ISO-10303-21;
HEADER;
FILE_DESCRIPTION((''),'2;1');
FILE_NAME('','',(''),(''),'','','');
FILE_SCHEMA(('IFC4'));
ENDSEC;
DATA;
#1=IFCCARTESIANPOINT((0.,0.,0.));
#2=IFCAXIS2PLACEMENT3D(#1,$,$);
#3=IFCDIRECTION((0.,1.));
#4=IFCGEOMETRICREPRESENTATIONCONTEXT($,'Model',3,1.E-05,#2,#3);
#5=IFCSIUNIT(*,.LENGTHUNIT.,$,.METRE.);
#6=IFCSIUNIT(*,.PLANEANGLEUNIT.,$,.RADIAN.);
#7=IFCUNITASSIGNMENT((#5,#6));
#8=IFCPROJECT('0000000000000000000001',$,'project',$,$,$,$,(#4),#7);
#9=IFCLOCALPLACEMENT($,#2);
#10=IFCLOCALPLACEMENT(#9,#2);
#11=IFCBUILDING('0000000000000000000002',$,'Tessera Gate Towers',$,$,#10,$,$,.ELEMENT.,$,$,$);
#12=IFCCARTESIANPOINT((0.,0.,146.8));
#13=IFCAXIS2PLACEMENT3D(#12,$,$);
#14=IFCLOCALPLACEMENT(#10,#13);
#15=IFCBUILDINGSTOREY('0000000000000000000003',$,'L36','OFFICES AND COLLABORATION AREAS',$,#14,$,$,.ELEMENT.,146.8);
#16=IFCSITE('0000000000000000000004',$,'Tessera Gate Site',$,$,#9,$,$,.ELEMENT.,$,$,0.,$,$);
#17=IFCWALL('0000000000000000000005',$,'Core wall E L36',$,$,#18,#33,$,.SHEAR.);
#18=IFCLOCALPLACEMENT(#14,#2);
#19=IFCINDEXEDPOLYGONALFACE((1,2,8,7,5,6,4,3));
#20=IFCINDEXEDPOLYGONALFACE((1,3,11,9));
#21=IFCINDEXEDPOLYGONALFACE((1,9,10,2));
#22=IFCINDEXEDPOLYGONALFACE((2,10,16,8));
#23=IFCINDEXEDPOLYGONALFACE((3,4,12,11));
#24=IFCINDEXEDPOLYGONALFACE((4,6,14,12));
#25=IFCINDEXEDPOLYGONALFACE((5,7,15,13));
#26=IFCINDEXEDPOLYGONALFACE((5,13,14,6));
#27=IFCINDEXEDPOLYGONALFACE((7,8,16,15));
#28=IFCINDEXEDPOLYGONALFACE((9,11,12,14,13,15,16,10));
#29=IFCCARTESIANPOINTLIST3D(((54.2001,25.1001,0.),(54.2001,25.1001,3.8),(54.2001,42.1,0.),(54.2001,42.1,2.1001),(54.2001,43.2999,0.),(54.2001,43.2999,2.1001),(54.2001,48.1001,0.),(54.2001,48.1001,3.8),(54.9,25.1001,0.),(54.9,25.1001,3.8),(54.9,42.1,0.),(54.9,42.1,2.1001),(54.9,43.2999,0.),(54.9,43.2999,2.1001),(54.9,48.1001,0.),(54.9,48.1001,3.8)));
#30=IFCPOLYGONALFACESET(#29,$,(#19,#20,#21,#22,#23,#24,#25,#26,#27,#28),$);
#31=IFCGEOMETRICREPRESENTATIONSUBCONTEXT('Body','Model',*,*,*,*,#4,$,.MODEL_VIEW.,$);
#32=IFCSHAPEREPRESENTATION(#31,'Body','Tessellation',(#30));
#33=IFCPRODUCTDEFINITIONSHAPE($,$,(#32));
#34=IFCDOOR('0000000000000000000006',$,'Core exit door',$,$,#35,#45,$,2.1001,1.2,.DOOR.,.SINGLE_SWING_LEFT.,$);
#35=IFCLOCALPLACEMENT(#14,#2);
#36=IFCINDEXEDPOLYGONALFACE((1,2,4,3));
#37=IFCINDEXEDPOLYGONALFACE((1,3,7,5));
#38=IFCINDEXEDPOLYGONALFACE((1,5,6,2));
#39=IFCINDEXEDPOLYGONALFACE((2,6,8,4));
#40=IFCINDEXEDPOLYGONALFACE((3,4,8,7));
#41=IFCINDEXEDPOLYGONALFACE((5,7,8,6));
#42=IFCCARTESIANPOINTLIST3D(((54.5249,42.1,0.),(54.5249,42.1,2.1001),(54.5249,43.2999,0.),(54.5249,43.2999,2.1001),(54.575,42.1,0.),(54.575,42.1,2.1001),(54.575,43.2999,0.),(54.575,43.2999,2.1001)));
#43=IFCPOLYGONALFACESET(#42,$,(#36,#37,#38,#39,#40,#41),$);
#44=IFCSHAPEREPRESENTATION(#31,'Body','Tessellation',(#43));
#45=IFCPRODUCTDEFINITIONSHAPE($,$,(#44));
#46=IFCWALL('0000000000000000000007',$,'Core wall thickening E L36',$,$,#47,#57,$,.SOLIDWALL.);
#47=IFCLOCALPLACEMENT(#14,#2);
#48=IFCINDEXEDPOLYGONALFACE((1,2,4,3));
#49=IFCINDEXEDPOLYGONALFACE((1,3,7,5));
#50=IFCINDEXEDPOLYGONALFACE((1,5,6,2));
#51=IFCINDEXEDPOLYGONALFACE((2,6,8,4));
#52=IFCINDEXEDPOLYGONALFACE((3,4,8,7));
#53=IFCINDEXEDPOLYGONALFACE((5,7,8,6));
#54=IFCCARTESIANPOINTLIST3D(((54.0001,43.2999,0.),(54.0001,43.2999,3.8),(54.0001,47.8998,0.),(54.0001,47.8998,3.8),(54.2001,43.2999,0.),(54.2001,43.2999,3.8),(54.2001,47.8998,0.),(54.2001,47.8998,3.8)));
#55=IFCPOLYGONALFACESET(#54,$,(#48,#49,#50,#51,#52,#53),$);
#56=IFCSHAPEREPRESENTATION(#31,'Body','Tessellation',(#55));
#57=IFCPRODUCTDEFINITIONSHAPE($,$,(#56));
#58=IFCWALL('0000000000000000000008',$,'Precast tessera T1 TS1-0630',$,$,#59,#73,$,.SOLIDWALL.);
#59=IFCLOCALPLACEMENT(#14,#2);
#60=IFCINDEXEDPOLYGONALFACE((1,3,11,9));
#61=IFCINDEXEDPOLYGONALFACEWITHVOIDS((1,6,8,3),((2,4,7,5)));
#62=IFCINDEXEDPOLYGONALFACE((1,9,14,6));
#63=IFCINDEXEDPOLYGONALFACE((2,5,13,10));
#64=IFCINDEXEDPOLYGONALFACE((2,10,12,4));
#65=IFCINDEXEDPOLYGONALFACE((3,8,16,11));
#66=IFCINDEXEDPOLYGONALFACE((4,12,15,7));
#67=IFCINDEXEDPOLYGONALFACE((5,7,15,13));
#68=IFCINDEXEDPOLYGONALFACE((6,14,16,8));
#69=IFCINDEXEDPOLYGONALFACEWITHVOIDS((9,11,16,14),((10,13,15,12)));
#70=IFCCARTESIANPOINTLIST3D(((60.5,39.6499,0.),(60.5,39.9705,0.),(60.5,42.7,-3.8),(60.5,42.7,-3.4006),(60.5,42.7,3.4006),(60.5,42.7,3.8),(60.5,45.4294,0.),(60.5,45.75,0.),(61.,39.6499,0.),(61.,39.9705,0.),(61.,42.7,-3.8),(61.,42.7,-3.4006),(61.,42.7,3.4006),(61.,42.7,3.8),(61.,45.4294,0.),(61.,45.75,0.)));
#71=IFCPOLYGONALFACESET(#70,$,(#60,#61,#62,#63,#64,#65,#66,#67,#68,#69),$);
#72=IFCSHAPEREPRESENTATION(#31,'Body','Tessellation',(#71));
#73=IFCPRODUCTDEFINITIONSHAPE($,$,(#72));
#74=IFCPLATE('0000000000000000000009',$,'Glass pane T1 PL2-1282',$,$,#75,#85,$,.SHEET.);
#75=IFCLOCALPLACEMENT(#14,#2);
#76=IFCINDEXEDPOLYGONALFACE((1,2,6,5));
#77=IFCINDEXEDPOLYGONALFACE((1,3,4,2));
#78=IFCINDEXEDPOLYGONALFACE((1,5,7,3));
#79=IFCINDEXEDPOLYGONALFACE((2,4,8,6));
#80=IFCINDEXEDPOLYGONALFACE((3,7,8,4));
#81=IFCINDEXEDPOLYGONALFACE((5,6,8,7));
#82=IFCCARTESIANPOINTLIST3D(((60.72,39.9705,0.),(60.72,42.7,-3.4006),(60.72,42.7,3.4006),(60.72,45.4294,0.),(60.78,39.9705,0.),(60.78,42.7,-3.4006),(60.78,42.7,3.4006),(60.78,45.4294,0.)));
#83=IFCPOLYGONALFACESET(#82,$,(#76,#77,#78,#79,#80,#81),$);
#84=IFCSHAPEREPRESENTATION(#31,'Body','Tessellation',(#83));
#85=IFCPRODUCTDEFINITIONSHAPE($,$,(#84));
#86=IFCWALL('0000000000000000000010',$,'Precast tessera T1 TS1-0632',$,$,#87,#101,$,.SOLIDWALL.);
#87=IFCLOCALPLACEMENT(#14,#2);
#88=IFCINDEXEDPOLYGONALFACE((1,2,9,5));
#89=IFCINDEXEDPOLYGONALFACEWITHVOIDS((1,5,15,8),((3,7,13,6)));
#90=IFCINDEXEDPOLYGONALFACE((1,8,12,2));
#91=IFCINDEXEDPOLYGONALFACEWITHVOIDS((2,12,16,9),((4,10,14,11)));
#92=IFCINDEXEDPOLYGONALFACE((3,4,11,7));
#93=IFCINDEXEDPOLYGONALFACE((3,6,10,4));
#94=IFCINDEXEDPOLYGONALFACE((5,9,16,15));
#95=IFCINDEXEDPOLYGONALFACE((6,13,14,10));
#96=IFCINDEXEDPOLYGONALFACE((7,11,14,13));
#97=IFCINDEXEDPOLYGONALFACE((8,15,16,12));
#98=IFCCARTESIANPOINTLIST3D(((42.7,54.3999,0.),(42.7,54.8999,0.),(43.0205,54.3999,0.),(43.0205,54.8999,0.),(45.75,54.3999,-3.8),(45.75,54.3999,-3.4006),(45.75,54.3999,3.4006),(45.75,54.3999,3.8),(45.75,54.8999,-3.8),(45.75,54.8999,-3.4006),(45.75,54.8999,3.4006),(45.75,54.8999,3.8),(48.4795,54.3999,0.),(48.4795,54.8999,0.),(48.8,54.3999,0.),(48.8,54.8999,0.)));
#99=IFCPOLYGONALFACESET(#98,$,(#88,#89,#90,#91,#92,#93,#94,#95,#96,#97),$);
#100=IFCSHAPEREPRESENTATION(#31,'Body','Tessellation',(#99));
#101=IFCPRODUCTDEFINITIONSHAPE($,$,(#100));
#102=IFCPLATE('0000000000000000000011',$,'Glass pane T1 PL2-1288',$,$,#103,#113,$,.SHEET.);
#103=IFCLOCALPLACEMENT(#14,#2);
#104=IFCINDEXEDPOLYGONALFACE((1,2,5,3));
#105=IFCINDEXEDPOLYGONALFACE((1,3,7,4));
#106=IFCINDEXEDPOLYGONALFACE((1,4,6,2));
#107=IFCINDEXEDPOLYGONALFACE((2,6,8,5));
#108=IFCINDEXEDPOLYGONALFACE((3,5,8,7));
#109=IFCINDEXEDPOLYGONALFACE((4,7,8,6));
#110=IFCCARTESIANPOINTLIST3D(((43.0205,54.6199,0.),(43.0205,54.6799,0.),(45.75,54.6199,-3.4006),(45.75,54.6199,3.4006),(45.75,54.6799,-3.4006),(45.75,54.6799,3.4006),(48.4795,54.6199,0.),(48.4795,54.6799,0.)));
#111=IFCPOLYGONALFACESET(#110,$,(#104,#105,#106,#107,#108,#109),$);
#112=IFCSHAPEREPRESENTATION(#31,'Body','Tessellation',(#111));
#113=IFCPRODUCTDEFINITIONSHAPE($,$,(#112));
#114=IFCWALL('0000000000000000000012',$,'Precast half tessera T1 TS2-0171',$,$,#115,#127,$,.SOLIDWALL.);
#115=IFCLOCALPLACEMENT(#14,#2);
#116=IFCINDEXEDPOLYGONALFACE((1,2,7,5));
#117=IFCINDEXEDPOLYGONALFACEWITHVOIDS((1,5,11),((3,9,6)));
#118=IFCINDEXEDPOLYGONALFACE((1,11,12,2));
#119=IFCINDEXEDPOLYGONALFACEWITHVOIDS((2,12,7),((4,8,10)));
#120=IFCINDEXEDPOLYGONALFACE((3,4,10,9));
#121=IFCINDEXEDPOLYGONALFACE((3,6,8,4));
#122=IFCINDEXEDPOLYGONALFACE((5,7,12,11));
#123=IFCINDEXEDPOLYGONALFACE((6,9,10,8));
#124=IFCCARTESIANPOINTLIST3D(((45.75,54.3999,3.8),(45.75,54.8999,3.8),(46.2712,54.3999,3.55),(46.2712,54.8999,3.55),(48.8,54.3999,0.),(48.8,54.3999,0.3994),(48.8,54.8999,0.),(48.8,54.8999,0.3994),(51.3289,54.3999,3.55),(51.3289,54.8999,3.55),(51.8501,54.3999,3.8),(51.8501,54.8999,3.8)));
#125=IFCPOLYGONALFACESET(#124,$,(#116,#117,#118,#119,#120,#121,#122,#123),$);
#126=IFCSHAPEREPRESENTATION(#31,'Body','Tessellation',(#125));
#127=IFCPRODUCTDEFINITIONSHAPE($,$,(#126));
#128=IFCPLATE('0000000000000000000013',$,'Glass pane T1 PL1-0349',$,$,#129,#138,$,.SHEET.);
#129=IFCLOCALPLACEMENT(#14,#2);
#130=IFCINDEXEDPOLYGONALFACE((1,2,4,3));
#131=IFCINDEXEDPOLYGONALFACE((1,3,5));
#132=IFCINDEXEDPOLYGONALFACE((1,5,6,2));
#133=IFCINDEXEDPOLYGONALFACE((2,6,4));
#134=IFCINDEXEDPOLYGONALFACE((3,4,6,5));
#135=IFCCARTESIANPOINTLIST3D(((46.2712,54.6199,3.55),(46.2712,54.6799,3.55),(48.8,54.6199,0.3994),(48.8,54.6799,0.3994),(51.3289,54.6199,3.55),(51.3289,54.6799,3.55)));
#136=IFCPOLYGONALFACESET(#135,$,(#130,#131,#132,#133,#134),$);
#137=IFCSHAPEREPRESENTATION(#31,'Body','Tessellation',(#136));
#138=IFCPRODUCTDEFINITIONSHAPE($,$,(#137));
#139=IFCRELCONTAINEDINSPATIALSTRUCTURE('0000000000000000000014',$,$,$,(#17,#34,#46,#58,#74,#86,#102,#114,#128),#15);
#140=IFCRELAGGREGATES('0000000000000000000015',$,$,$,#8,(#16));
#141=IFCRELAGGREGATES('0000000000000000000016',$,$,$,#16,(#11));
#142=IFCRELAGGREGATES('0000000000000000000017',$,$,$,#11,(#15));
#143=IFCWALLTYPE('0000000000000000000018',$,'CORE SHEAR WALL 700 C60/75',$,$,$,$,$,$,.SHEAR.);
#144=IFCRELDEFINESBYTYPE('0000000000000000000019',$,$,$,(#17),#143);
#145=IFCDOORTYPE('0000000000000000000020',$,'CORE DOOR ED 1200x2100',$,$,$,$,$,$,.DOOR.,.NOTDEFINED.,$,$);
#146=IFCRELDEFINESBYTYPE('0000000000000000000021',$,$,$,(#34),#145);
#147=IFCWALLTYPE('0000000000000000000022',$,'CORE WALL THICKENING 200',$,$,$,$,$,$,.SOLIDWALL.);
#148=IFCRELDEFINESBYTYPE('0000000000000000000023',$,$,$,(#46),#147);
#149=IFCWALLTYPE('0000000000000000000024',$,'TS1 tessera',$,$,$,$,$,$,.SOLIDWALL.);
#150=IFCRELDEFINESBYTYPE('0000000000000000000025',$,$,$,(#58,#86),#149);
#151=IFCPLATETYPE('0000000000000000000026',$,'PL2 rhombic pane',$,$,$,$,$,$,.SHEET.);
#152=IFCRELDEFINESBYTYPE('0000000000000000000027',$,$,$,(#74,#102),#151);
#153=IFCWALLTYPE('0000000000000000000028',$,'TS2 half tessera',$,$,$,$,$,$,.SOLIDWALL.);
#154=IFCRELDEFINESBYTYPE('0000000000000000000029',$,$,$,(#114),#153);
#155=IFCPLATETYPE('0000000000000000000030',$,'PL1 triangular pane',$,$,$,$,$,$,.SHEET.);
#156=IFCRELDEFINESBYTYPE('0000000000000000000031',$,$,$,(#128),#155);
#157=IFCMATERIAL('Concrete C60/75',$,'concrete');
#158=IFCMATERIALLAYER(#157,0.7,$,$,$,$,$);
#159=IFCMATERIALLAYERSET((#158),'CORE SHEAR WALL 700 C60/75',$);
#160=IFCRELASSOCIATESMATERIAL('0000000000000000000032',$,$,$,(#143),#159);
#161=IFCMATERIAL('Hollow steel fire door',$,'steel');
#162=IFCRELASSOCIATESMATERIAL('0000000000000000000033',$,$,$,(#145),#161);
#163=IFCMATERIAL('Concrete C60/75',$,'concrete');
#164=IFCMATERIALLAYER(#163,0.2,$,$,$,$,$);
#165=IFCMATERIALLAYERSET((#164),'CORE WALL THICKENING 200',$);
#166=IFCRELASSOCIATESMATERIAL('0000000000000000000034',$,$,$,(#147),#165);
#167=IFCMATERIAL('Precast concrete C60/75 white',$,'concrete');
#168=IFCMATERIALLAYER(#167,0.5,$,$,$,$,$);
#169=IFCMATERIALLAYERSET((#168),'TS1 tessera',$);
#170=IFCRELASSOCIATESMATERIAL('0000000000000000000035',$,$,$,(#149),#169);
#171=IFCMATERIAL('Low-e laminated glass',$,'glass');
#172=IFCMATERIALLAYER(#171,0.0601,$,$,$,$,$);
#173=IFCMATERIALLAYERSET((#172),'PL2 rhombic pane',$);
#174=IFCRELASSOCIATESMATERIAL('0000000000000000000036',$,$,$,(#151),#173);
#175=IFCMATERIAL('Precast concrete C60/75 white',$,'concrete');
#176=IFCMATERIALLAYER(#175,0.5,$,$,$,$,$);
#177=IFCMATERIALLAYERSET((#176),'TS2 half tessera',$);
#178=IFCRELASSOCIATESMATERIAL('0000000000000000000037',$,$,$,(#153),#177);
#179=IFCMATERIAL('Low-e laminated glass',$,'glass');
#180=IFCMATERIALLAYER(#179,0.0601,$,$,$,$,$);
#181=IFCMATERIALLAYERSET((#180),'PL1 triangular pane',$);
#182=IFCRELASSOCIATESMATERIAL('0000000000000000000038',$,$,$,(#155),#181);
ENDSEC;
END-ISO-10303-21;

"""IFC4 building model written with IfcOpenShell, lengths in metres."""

from ifc_helpers import new_model, si_unit, direction, frame, frame_2d, origin, place, context, subcontext, project, spatial, polyline, rectangle, outline, extrude, source, transform, mapped, material, layer, layer_set, type_object, element, fill, save


model = new_model("IFC4")

# Units and contexts
model_context = context("Model", 3, precision=1e-05, world=origin(), true_north=direction((0.0, 1.0)))
body_context = subcontext(model_context, "Body", "Model", "MODEL_VIEW")
ifc_project = project(units=[si_unit("LENGTHUNIT", "METRE"), si_unit("PLANEANGLEUNIT", "RADIAN")], contexts=[model_context])

# Site, building, storey
site_placement = place(None, origin())
site = spatial("IfcSite", under=ifc_project, at=site_placement, Name="Tessera Gate Site", CompositionType="ELEMENT", RefElevation=0.0)
building_placement = place(site_placement, origin())
building = spatial("IfcBuilding", under=site, at=building_placement, Name="Tessera Gate Towers", CompositionType="ELEMENT")
storey_placement = place(building_placement, frame((0.0, 0.0, 146.8)))
storey = spatial("IfcBuildingStorey", under=building, at=storey_placement, Name="L36", Description="OFFICES AND COLLABORATION AREAS", CompositionType="ELEMENT", Elevation=146.8)

# Shared definitions
shared_shape_1 = source(origin(), body_context, "Body", "SweptSolid", [
    extrude(rectangle(XDim=1.2, YDim=2.1001, at=frame_2d((0.6001, 1.05))), frame((0.0, 0.0249, 0.0), z_axis=(0.0, -1.0, 0.0), x_axis=(1.0, 0.0, 0.0)), (0.0, 0.0, 1.0), 0.05),
])

# Wall, opening, door
ifc_material_1 = material(Name="Concrete C60/75", Category="concrete")
ifc_layer_1 = layer(ifc_material_1, 0.7)
ifc_layer_set_1 = layer_set([ifc_layer_1], Name="CORE SHEAR WALL 700 C60/75")
wall_type_1 = type_object("IfcWallType", Name="CORE SHEAR WALL 700 C60/75", PredefinedType="SHEAR", material=ifc_layer_set_1)
wall_1_placement = place(storey_placement, frame((54.55, 48.1001, 0.0), z_axis=(0.0, 0.0, 1.0), x_axis=(0.0, -1.0, 0.0)))
wall_1 = element("IfcWall", 1, at=wall_1_placement, inside=storey, type_object=wall_type_1, Name="Core wall E L36", PredefinedType="SHEAR", context=body_context, shape_type="SweptSolid", body=[
    extrude(rectangle(XDim=23.0, YDim=0.7, at=frame_2d((11.5, 0.0))), origin(), (0.0, 0.0, 1.0), 3.8),
])
shared_shape_2 = source(origin(), body_context, "Body", "SweptSolid", [
    extrude(rectangle(XDim=1.2, YDim=2.1001, at=frame_2d((0.6001, 1.05))), frame((0.0, 0.3599, 0.0), z_axis=(0.0, -1.0, 0.0), x_axis=(1.0, 0.0, 0.0)), (0.0, 0.0, 1.0), 0.72),
])
opening_1_placement = place(wall_1_placement, frame((4.8, 0.0, 0.0)))
opening_1 = element("IfcOpeningElement", 2, at=opening_1_placement, cuts=wall_1, PredefinedType="OPENING", context=body_context, shape_type="MappedRepresentation", body=[
    mapped(shared_shape_2, transform((0.0, 0.0, 0.0), scale=1.0)),
])
ifc_material_2 = material(Name="Hollow steel fire door", Category="steel")
door_type_1 = type_object("IfcDoorType", Name="CORE DOOR ED 1200x2100", OperationType="NOTDEFINED", PredefinedType="DOOR", material=ifc_material_2)
door_1_placement = place(opening_1_placement, origin())
door_1 = element("IfcDoor", 3, at=door_1_placement, inside=storey, type_object=door_type_1, Name="Core exit door", OperationType="SINGLE_SWING_LEFT", OverallHeight=2.1001, OverallWidth=1.2, PredefinedType="DOOR", context=body_context, shape_type="MappedRepresentation", body=[
    mapped(shared_shape_1, transform((0.0, 0.0, 0.0), scale=1.0)),
])
fill(opening_1, door_1)

# Wall
ifc_material_3 = material(Name="Concrete C60/75", Category="concrete")
ifc_layer_2 = layer(ifc_material_3, 0.2)
ifc_layer_set_2 = layer_set([ifc_layer_2], Name="CORE WALL THICKENING 200")
wall_type_2 = type_object("IfcWallType", Name="CORE WALL THICKENING 200", PredefinedType="SOLIDWALL", material=ifc_layer_set_2)
wall_2_placement = place(storey_placement, frame((54.1001, 43.3, 0.0), z_axis=(0.0, 0.0, 1.0), x_axis=(0.0, 1.0, 0.0)))
element("IfcWall", 4, at=wall_2_placement, inside=storey, type_object=wall_type_2, Name="Core wall thickening E L36", PredefinedType="SOLIDWALL", context=body_context, shape_type="SweptSolid", body=[
    extrude(rectangle(XDim=4.5999, YDim=0.2, at=frame_2d((2.2998, 0.0))), origin(), (0.0, 0.0, 1.0), 3.8),
])

# Walls, openings, plates
ifc_material_4 = material(Name="Precast concrete C60/75 white", Category="concrete")
ifc_layer_3 = layer(ifc_material_4, 0.5)
ifc_layer_set_3 = layer_set([ifc_layer_3], Name="TS1 tessera")
wall_type_3 = type_object("IfcWallType", Name="TS1 tessera", PredefinedType="SOLIDWALL", material=ifc_layer_set_3)
shared_shape_3 = source(origin(), body_context, "Body", "SweptSolid", [
    extrude(outline(polyline([(3.05, 0.0), (6.1001, 3.8), (3.05, 7.6001), (0.0, 3.8), (3.05, 0.0)])), frame((0.0, 0.25, 0.0), z_axis=(0.0, -1.0, 0.0), x_axis=(1.0, 0.0, 0.0)), (0.0, 0.0, 1.0), 0.5),
])
wall_3_placement = place(storey_placement, frame((60.75, 39.6499, -3.8), z_axis=(0.0, 0.0, 1.0), x_axis=(0.0, 1.0, 0.0)))
wall_3 = element("IfcWall", 5, at=wall_3_placement, inside=storey, type_object=wall_type_3, Name="Precast tessera T1 TS1-0630", PredefinedType="SOLIDWALL", context=body_context, shape_type="MappedRepresentation", body=[
    mapped(shared_shape_3, transform((0.0, 0.0, 0.0), scale=1.0)),
])
shared_shape_4 = source(origin(), body_context, "Body", "SweptSolid", [
    extrude(outline(polyline([(3.05, 0.3994), (5.7795, 3.8), (3.05, 7.2007), (0.3206, 3.8), (3.05, 0.3994)])), frame((0.0, 0.26, 0.0), z_axis=(0.0, -1.0, 0.0), x_axis=(1.0, 0.0, 0.0)), (0.0, 0.0, 1.0), 0.52),
])
opening_2_placement = place(wall_3_placement, origin())
opening_2 = element("IfcOpeningElement", 6, at=opening_2_placement, cuts=wall_3, PredefinedType="OPENING", context=body_context, shape_type="MappedRepresentation", body=[
    mapped(shared_shape_4, transform((0.0, 0.0, 0.0), scale=1.0)),
])
ifc_material_5 = material(Name="Low-e laminated glass", Category="glass")
ifc_layer_4 = layer(ifc_material_5, 0.0601)
ifc_layer_set_4 = layer_set([ifc_layer_4], Name="PL2 rhombic pane")
plate_type_1 = type_object("IfcPlateType", Name="PL2 rhombic pane", PredefinedType="SHEET", material=ifc_layer_set_4)
shared_shape_5 = source(origin(), body_context, "Body", "SweptSolid", [
    extrude(outline(polyline([(3.05, 0.3994), (5.7795, 3.8), (3.05, 7.2007), (0.3206, 3.8), (3.05, 0.3994)])), frame((0.0, 0.03, 0.0), z_axis=(0.0, -1.0, 0.0), x_axis=(1.0, 0.0, 0.0)), (0.0, 0.0, 1.0), 0.0601),
])
plate_1_placement = place(opening_2_placement, origin())
plate_1 = element("IfcPlate", 7, at=plate_1_placement, inside=storey, type_object=plate_type_1, Name="Glass pane T1 PL2-1282", PredefinedType="SHEET", context=body_context, shape_type="MappedRepresentation", body=[
    mapped(shared_shape_5, transform((0.0, 0.0, 0.0), scale=1.0)),
])
fill(opening_2, plate_1)
wall_4_placement = place(storey_placement, frame((48.8, 54.6499, -3.8), z_axis=(0.0, 0.0, 1.0), x_axis=(-1.0, 0.0, 0.0)))
wall_4 = element("IfcWall", 8, at=wall_4_placement, inside=storey, type_object=wall_type_3, Name="Precast tessera T1 TS1-0632", PredefinedType="SOLIDWALL", context=body_context, shape_type="MappedRepresentation", body=[
    mapped(shared_shape_3, transform((0.0, 0.0, 0.0), scale=1.0)),
])
opening_3_placement = place(wall_4_placement, origin())
opening_3 = element("IfcOpeningElement", 9, at=opening_3_placement, cuts=wall_4, PredefinedType="OPENING", context=body_context, shape_type="MappedRepresentation", body=[
    mapped(shared_shape_4, transform((0.0, 0.0, 0.0), scale=1.0)),
])
plate_2_placement = place(opening_3_placement, origin())
plate_2 = element("IfcPlate", 10, at=plate_2_placement, inside=storey, type_object=plate_type_1, Name="Glass pane T1 PL2-1288", PredefinedType="SHEET", context=body_context, shape_type="MappedRepresentation", body=[
    mapped(shared_shape_5, transform((0.0, 0.0, 0.0), scale=1.0)),
])
fill(opening_3, plate_2)
ifc_material_6 = material(Name="Precast concrete C60/75 white", Category="concrete")
ifc_layer_5 = layer(ifc_material_6, 0.5)
ifc_layer_set_5 = layer_set([ifc_layer_5], Name="TS2 half tessera")
wall_type_4 = type_object("IfcWallType", Name="TS2 half tessera", PredefinedType="SOLIDWALL", material=ifc_layer_set_5)
shared_shape_6 = source(origin(), body_context, "Body", "SweptSolid", [
    extrude(outline(polyline([(3.05, 0.0), (6.1001, 3.8), (0.0, 3.8), (3.05, 0.0)])), frame((0.0, 0.25, 0.0), z_axis=(0.0, -1.0, 0.0), x_axis=(1.0, 0.0, 0.0)), (0.0, 0.0, 1.0), 0.5),
])
wall_5_placement = place(storey_placement, frame((51.8501, 54.6499, 0.0), z_axis=(0.0, 0.0, 1.0), x_axis=(-1.0, 0.0, 0.0)))
wall_5 = element("IfcWall", 11, at=wall_5_placement, inside=storey, type_object=wall_type_4, Name="Precast half tessera T1 TS2-0171", PredefinedType="SOLIDWALL", context=body_context, shape_type="MappedRepresentation", body=[
    mapped(shared_shape_6, transform((0.0, 0.0, 0.0), scale=1.0)),
])
shared_shape_7 = source(origin(), body_context, "Body", "SweptSolid", [
    extrude(outline(polyline([(3.05, 0.3994), (5.5789, 3.55), (0.5212, 3.55), (3.05, 0.3994)])), frame((0.0, 0.26, 0.0), z_axis=(0.0, -1.0, 0.0), x_axis=(1.0, 0.0, 0.0)), (0.0, 0.0, 1.0), 0.52),
])
opening_4_placement = place(wall_5_placement, origin())
opening_4 = element("IfcOpeningElement", 12, at=opening_4_placement, cuts=wall_5, PredefinedType="OPENING", context=body_context, shape_type="MappedRepresentation", body=[
    mapped(shared_shape_7, transform((0.0, 0.0, 0.0), scale=1.0)),
])
ifc_material_7 = material(Name="Low-e laminated glass", Category="glass")
ifc_layer_6 = layer(ifc_material_7, 0.0601)
ifc_layer_set_6 = layer_set([ifc_layer_6], Name="PL1 triangular pane")
plate_type_2 = type_object("IfcPlateType", Name="PL1 triangular pane", PredefinedType="SHEET", material=ifc_layer_set_6)
shared_shape_8 = source(origin(), body_context, "Body", "SweptSolid", [
    extrude(outline(polyline([(3.05, 0.3994), (5.5789, 3.55), (0.5212, 3.55), (3.05, 0.3994)])), frame((0.0, 0.03, 0.0), z_axis=(0.0, -1.0, 0.0), x_axis=(1.0, 0.0, 0.0)), (0.0, 0.0, 1.0), 0.0601),
])
plate_3_placement = place(opening_4_placement, origin())
plate_3 = element("IfcPlate", 13, at=plate_3_placement, inside=storey, type_object=plate_type_2, Name="Glass pane T1 PL1-0349", PredefinedType="SHEET", context=body_context, shape_type="MappedRepresentation", body=[
    mapped(shared_shape_8, transform((0.0, 0.0, 0.0), scale=1.0)),
])
fill(opening_4, plate_3)

save(model, "model.ifc")
